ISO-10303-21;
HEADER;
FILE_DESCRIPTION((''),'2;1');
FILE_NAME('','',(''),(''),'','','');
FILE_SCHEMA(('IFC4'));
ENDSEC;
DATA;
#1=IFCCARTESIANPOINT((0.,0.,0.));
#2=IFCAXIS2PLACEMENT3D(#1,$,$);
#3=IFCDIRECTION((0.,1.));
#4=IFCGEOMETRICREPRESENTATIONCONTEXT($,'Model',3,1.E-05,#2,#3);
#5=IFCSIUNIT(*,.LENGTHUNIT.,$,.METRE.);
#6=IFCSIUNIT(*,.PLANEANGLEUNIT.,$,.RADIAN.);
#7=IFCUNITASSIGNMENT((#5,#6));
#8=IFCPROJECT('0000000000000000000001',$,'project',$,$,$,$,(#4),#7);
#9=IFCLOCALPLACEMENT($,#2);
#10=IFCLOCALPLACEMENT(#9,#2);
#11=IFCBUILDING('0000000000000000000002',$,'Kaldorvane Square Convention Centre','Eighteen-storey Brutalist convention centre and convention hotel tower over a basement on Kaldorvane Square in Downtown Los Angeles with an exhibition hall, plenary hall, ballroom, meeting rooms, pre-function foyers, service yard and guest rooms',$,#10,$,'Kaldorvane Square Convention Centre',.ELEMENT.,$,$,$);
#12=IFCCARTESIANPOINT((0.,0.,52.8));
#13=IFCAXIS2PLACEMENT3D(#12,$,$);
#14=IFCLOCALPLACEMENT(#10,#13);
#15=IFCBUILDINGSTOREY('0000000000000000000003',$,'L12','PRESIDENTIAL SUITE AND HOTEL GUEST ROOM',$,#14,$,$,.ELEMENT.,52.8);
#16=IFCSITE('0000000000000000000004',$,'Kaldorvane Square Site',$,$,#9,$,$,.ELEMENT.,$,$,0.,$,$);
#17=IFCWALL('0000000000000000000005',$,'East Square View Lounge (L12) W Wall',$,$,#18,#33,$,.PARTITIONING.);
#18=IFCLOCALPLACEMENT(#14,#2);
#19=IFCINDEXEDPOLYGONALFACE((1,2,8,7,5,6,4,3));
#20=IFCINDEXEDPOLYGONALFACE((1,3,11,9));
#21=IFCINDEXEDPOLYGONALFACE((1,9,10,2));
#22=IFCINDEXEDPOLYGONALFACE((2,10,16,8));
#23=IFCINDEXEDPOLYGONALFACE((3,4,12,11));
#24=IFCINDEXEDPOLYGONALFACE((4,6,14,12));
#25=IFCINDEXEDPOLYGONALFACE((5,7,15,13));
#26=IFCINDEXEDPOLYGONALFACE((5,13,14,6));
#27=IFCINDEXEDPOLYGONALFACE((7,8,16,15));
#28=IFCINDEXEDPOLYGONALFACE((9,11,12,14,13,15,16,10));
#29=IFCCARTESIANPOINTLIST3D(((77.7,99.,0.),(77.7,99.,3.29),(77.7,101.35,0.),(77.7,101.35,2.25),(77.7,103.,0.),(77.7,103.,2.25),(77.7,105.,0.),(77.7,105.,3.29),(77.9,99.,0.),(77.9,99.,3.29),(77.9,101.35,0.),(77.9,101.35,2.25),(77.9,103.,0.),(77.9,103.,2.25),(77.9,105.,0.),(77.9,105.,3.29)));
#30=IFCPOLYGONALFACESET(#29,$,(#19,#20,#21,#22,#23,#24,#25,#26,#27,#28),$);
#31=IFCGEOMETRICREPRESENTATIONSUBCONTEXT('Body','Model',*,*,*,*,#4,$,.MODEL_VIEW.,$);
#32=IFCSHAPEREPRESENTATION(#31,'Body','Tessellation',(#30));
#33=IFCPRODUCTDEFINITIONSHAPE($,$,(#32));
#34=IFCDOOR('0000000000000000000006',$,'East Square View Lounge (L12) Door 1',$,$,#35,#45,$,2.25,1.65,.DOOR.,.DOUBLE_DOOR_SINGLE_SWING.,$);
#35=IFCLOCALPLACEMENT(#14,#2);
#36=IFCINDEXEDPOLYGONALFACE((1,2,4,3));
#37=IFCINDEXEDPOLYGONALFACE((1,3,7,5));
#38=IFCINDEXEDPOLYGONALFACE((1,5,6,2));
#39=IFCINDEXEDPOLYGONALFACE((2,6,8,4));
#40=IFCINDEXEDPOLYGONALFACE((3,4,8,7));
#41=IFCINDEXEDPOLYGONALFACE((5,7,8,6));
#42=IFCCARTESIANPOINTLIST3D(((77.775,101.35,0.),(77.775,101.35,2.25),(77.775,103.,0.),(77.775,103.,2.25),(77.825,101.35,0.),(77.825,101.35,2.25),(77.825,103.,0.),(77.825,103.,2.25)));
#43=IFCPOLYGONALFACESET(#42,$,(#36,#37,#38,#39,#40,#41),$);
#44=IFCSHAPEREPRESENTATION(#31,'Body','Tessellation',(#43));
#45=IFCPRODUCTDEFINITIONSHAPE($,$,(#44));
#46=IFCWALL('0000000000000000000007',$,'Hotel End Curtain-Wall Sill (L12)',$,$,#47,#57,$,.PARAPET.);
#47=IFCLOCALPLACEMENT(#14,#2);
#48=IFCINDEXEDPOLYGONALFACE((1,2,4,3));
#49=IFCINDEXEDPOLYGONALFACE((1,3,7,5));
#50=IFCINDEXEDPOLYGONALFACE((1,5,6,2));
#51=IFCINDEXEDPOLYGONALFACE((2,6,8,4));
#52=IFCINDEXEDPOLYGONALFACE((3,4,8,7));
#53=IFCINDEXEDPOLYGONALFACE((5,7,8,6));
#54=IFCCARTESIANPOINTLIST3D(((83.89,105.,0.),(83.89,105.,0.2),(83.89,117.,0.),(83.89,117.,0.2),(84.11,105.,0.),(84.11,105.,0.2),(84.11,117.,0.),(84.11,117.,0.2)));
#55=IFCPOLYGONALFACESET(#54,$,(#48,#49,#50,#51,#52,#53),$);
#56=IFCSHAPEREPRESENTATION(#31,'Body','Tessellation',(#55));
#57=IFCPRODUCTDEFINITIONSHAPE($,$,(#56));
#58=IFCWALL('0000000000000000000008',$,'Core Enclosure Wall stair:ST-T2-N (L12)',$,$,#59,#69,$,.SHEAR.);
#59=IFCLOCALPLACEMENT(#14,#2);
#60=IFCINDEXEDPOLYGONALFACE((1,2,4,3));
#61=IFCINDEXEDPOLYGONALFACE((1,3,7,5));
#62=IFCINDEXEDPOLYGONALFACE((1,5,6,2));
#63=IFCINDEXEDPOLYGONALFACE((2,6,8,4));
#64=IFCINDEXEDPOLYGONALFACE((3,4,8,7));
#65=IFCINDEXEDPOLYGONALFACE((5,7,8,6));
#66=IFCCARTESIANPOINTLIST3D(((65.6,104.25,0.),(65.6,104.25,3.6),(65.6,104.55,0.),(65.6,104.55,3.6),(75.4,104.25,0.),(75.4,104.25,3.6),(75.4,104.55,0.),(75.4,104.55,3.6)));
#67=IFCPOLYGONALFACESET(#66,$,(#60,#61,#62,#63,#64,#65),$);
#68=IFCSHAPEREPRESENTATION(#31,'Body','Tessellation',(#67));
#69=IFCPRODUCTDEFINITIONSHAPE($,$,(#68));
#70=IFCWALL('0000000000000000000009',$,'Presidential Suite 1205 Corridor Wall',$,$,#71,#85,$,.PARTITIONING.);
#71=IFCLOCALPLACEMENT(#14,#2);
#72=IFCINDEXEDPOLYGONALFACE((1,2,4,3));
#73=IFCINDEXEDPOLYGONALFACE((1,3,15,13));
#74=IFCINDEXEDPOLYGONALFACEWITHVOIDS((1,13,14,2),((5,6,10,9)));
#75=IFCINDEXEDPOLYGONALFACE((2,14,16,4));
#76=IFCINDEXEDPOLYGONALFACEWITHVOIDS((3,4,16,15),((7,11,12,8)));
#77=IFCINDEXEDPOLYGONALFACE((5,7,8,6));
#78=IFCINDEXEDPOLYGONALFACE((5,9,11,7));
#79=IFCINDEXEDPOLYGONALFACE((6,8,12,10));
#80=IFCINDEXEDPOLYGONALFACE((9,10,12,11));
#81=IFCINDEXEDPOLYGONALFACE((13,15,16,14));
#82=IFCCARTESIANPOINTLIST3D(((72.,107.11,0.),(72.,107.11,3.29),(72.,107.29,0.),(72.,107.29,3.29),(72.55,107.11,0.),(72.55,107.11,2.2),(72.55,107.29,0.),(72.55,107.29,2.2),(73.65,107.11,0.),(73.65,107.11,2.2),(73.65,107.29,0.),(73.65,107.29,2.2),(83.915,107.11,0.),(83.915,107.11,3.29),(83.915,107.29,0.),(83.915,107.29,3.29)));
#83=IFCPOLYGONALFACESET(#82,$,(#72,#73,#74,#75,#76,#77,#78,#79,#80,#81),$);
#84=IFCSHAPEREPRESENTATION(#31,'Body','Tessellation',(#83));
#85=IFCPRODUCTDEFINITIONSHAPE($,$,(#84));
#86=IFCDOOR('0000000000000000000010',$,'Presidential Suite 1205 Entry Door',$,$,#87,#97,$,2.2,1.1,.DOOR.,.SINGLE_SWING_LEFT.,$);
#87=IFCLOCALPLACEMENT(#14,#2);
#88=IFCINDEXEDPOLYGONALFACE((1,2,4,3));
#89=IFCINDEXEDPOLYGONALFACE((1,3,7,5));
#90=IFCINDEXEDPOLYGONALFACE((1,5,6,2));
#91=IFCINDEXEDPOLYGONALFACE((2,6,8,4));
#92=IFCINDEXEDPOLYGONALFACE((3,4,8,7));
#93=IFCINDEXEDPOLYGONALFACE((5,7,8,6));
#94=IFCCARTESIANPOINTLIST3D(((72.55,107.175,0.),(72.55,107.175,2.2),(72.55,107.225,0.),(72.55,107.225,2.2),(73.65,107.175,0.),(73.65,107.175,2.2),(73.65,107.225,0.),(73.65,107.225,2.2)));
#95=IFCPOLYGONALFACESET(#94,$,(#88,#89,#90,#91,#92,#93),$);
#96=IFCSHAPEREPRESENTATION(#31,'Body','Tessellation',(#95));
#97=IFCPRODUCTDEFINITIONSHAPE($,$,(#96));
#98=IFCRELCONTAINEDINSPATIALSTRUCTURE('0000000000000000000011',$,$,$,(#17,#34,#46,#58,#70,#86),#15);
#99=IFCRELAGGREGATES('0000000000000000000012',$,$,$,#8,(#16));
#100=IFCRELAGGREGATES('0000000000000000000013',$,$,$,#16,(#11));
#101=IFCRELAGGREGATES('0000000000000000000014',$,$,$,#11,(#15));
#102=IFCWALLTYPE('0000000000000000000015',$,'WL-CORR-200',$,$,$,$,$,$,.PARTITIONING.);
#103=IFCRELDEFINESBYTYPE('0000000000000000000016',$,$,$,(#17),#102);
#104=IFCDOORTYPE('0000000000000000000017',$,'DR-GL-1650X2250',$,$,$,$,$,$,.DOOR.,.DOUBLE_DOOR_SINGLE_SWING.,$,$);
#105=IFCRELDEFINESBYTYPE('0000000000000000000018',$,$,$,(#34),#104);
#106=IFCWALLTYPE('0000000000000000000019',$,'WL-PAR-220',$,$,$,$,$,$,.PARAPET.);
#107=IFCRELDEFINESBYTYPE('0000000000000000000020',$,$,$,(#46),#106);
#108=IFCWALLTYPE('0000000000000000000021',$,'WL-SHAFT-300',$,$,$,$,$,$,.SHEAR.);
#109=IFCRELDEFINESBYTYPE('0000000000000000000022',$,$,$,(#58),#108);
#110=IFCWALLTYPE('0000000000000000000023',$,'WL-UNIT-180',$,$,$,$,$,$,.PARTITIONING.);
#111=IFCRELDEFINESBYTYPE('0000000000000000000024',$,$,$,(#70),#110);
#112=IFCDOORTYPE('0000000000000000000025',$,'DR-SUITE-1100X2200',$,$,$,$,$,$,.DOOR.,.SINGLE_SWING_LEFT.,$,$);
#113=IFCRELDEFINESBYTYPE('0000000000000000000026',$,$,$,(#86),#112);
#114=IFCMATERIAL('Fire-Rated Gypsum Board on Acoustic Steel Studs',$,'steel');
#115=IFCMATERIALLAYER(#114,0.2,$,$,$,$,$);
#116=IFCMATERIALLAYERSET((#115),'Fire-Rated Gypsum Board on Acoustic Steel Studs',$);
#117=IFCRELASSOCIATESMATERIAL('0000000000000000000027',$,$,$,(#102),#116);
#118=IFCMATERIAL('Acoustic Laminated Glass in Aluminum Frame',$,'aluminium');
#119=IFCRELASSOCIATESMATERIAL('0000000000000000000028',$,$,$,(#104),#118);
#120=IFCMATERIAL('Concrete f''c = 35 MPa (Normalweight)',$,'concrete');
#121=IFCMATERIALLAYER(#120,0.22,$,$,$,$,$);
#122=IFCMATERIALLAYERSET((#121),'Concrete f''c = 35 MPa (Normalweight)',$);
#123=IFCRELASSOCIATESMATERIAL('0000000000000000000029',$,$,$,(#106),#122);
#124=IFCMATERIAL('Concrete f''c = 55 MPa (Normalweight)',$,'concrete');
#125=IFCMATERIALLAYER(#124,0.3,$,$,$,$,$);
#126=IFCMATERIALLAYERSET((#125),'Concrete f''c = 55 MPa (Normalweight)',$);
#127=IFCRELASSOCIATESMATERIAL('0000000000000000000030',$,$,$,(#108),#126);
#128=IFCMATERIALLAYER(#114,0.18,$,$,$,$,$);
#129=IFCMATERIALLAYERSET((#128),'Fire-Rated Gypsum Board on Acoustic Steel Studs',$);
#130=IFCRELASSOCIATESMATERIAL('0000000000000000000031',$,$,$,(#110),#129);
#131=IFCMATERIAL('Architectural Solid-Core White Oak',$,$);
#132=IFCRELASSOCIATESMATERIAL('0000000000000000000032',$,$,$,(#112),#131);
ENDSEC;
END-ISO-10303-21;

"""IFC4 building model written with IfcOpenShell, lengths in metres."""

from ifc_helpers import new_model, si_unit, direction, frame, frame_2d, origin, place, context, subcontext, project, spatial, rectangle, extrude, material, layer, layer_set, type_object, element, fill, save


model = new_model("IFC4")

# Units and contexts
model_context = context("Model", 3, precision=1e-05, world=origin(), true_north=direction((0.0, 1.0)))
body_context = subcontext(model_context, "Body", "Model", "MODEL_VIEW")
ifc_project = project(units=[si_unit("LENGTHUNIT", "METRE"), si_unit("PLANEANGLEUNIT", "RADIAN")], contexts=[model_context])

# Site, building, storey
site_placement = place(None, origin())
site = spatial("IfcSite", under=ifc_project, at=site_placement, Name="Kaldorvane Square Site", CompositionType="ELEMENT", RefElevation=0.0)
building_placement = place(site_placement, origin())
building = spatial("IfcBuilding", under=site, at=building_placement, Name="Kaldorvane Square Convention Centre", Description="Eighteen-storey Brutalist convention centre and convention hotel tower over a basement on Kaldorvane Square in Downtown Los Angeles with an exhibition hall, plenary hall, ballroom, meeting rooms, pre-function foyers, service yard and guest rooms", LongName="Kaldorvane Square Convention Centre", CompositionType="ELEMENT")
storey_placement = place(building_placement, frame((0.0, 0.0, 52.8)))
storey = spatial("IfcBuildingStorey", under=building, at=storey_placement, Name="L12", Description="PRESIDENTIAL SUITE AND HOTEL GUEST ROOM", CompositionType="ELEMENT", Elevation=52.8)

# Shared definitions
ifc_material_1 = material(Name="Fire-Rated Gypsum Board on Acoustic Steel Studs", Category="steel")
ifc_material_2 = material(Name="Architectural Solid-Core White Oak")

# Shared definitions
ifc_layer_1 = layer(ifc_material_1, 0.2)
ifc_layer_set_1 = layer_set([ifc_layer_1], Name="Fire-Rated Gypsum Board on Acoustic Steel Studs")
wall_type_1 = type_object("IfcWallType", Name="WL-CORR-200", PredefinedType="PARTITIONING", material=ifc_layer_set_1)

# Wall, opening, door
wall_1_placement = place(storey_placement, frame((77.8, 105.0, 0.0), z_axis=(0.0, 0.0, 1.0), x_axis=(0.0, -1.0, 0.0)))
wall_1 = element("IfcWall", 1, at=wall_1_placement, inside=storey, type_object=wall_type_1, Name="East Square View Lounge (L12) W Wall", PredefinedType="PARTITIONING", context=body_context, shape_type="SweptSolid", body=[
    extrude(rectangle(XDim=6.0, YDim=0.2, at=frame_2d((3.0, 0.0))), origin(), (0.0, 0.0, 1.0), 3.29),
])
opening_1_placement = place(wall_1_placement, frame((2.0, 0.0, 0.0)))
opening_1 = element("IfcOpeningElement", 2, at=opening_1_placement, cuts=wall_1, PredefinedType="OPENING", context=body_context, shape_type="SweptSolid", body=[
    extrude(rectangle(XDim=1.65, YDim=2.25, at=frame_2d((0.825, 1.125))), frame((0.0, 0.115, 0.0), z_axis=(0.0, -1.0, 0.0), x_axis=(1.0, 0.0, 0.0)), (0.0, 0.0, 1.0), 0.23),
])
ifc_material_3 = material(Name="Acoustic Laminated Glass in Aluminum Frame", Category="aluminium")
door_type_1 = type_object("IfcDoorType", Name="DR-GL-1650X2250", OperationType="DOUBLE_DOOR_SINGLE_SWING", PredefinedType="DOOR", material=ifc_material_3)
door_1_placement = place(opening_1_placement, origin())
door_1 = element("IfcDoor", 3, at=door_1_placement, inside=storey, type_object=door_type_1, Name="East Square View Lounge (L12) Door 1", OperationType="DOUBLE_DOOR_SINGLE_SWING", OverallHeight=2.25, OverallWidth=1.65, PredefinedType="DOOR", context=body_context, shape_type="SweptSolid", body=[
    extrude(rectangle(XDim=1.65, YDim=2.25, at=frame_2d((0.825, 1.125))), frame((0.0, 0.025, 0.0), z_axis=(0.0, -1.0, 0.0), x_axis=(1.0, 0.0, 0.0)), (0.0, 0.0, 1.0), 0.05),
])
fill(opening_1, door_1)

# Walls
ifc_material_4 = material(Name="Concrete f'c = 35 MPa (Normalweight)", Category="concrete")
ifc_layer_2 = layer(ifc_material_4, 0.22)
ifc_layer_set_2 = layer_set([ifc_layer_2], Name="Concrete f'c = 35 MPa (Normalweight)")
wall_type_2 = type_object("IfcWallType", Name="WL-PAR-220", PredefinedType="PARAPET", material=ifc_layer_set_2)
wall_2_placement = place(storey_placement, frame((84.0, 105.0, 0.0), z_axis=(0.0, 0.0, 1.0), x_axis=(0.0, 1.0, 0.0)))
element("IfcWall", 4, at=wall_2_placement, inside=storey, type_object=wall_type_2, Name="Hotel End Curtain-Wall Sill (L12)", PredefinedType="PARAPET", context=body_context, shape_type="SweptSolid", body=[
    extrude(rectangle(XDim=12.0, YDim=0.22, at=frame_2d((6.0, 0.0))), origin(), (0.0, 0.0, 1.0), 0.2),
])
ifc_material_5 = material(Name="Concrete f'c = 55 MPa (Normalweight)", Category="concrete")
ifc_layer_3 = layer(ifc_material_5, 0.3)
ifc_layer_set_3 = layer_set([ifc_layer_3], Name="Concrete f'c = 55 MPa (Normalweight)")
wall_type_3 = type_object("IfcWallType", Name="WL-SHAFT-300", PredefinedType="SHEAR", material=ifc_layer_set_3)
wall_3_placement = place(storey_placement, frame((75.4, 104.4, 0.0), z_axis=(0.0, 0.0, 1.0), x_axis=(-1.0, 0.0, 0.0)))
element("IfcWall", 5, at=wall_3_placement, inside=storey, type_object=wall_type_3, Name="Core Enclosure Wall stair:ST-T2-N (L12)", PredefinedType="SHEAR", context=body_context, shape_type="SweptSolid", body=[
    extrude(rectangle(XDim=9.8, YDim=0.3, at=frame_2d((4.9, 0.0))), origin(), (0.0, 0.0, 1.0), 3.6),
])

# Wall, opening, door
ifc_layer_4 = layer(ifc_material_1, 0.18)
ifc_layer_set_4 = layer_set([ifc_layer_4], Name="Fire-Rated Gypsum Board on Acoustic Steel Studs")
wall_type_4 = type_object("IfcWallType", Name="WL-UNIT-180", PredefinedType="PARTITIONING", material=ifc_layer_set_4)
wall_4_placement = place(storey_placement, frame((72.0, 107.2, 0.0), z_axis=(0.0, 0.0, 1.0), x_axis=(1.0, 0.0, 0.0)))
wall_4 = element("IfcWall", 6, at=wall_4_placement, inside=storey, type_object=wall_type_4, Name="Presidential Suite 1205 Corridor Wall", PredefinedType="PARTITIONING", context=body_context, shape_type="SweptSolid", body=[
    extrude(rectangle(XDim=11.915, YDim=0.18, at=frame_2d((5.9575, 0.0))), origin(), (0.0, 0.0, 1.0), 3.29),
])
opening_2_placement = place(wall_4_placement, frame((0.55, 0.0, 0.0)))
opening_2 = element("IfcOpeningElement", 7, at=opening_2_placement, cuts=wall_4, PredefinedType="OPENING", context=body_context, shape_type="SweptSolid", body=[
    extrude(rectangle(XDim=1.1, YDim=2.2, at=frame_2d((0.55, 1.1))), frame((0.0, 0.105, 0.0), z_axis=(0.0, -1.0, 0.0), x_axis=(1.0, 0.0, 0.0)), (0.0, 0.0, 1.0), 0.21),
])
door_type_2 = type_object("IfcDoorType", Name="DR-SUITE-1100X2200", OperationType="SINGLE_SWING_LEFT", PredefinedType="DOOR", material=ifc_material_2)
door_2_placement = place(opening_2_placement, origin())
door_2 = element("IfcDoor", 8, at=door_2_placement, inside=storey, type_object=door_type_2, Name="Presidential Suite 1205 Entry Door", OperationType="SINGLE_SWING_LEFT", OverallHeight=2.2, OverallWidth=1.1, PredefinedType="DOOR", context=body_context, shape_type="SweptSolid", body=[
    extrude(rectangle(XDim=1.1, YDim=2.2, at=frame_2d((0.55, 1.1))), frame((0.0, 0.025, 0.0), z_axis=(0.0, -1.0, 0.0), x_axis=(1.0, 0.0, 0.0)), (0.0, 0.0, 1.0), 0.05),
])
fill(opening_2, door_2)

save(model, "model.ifc")
